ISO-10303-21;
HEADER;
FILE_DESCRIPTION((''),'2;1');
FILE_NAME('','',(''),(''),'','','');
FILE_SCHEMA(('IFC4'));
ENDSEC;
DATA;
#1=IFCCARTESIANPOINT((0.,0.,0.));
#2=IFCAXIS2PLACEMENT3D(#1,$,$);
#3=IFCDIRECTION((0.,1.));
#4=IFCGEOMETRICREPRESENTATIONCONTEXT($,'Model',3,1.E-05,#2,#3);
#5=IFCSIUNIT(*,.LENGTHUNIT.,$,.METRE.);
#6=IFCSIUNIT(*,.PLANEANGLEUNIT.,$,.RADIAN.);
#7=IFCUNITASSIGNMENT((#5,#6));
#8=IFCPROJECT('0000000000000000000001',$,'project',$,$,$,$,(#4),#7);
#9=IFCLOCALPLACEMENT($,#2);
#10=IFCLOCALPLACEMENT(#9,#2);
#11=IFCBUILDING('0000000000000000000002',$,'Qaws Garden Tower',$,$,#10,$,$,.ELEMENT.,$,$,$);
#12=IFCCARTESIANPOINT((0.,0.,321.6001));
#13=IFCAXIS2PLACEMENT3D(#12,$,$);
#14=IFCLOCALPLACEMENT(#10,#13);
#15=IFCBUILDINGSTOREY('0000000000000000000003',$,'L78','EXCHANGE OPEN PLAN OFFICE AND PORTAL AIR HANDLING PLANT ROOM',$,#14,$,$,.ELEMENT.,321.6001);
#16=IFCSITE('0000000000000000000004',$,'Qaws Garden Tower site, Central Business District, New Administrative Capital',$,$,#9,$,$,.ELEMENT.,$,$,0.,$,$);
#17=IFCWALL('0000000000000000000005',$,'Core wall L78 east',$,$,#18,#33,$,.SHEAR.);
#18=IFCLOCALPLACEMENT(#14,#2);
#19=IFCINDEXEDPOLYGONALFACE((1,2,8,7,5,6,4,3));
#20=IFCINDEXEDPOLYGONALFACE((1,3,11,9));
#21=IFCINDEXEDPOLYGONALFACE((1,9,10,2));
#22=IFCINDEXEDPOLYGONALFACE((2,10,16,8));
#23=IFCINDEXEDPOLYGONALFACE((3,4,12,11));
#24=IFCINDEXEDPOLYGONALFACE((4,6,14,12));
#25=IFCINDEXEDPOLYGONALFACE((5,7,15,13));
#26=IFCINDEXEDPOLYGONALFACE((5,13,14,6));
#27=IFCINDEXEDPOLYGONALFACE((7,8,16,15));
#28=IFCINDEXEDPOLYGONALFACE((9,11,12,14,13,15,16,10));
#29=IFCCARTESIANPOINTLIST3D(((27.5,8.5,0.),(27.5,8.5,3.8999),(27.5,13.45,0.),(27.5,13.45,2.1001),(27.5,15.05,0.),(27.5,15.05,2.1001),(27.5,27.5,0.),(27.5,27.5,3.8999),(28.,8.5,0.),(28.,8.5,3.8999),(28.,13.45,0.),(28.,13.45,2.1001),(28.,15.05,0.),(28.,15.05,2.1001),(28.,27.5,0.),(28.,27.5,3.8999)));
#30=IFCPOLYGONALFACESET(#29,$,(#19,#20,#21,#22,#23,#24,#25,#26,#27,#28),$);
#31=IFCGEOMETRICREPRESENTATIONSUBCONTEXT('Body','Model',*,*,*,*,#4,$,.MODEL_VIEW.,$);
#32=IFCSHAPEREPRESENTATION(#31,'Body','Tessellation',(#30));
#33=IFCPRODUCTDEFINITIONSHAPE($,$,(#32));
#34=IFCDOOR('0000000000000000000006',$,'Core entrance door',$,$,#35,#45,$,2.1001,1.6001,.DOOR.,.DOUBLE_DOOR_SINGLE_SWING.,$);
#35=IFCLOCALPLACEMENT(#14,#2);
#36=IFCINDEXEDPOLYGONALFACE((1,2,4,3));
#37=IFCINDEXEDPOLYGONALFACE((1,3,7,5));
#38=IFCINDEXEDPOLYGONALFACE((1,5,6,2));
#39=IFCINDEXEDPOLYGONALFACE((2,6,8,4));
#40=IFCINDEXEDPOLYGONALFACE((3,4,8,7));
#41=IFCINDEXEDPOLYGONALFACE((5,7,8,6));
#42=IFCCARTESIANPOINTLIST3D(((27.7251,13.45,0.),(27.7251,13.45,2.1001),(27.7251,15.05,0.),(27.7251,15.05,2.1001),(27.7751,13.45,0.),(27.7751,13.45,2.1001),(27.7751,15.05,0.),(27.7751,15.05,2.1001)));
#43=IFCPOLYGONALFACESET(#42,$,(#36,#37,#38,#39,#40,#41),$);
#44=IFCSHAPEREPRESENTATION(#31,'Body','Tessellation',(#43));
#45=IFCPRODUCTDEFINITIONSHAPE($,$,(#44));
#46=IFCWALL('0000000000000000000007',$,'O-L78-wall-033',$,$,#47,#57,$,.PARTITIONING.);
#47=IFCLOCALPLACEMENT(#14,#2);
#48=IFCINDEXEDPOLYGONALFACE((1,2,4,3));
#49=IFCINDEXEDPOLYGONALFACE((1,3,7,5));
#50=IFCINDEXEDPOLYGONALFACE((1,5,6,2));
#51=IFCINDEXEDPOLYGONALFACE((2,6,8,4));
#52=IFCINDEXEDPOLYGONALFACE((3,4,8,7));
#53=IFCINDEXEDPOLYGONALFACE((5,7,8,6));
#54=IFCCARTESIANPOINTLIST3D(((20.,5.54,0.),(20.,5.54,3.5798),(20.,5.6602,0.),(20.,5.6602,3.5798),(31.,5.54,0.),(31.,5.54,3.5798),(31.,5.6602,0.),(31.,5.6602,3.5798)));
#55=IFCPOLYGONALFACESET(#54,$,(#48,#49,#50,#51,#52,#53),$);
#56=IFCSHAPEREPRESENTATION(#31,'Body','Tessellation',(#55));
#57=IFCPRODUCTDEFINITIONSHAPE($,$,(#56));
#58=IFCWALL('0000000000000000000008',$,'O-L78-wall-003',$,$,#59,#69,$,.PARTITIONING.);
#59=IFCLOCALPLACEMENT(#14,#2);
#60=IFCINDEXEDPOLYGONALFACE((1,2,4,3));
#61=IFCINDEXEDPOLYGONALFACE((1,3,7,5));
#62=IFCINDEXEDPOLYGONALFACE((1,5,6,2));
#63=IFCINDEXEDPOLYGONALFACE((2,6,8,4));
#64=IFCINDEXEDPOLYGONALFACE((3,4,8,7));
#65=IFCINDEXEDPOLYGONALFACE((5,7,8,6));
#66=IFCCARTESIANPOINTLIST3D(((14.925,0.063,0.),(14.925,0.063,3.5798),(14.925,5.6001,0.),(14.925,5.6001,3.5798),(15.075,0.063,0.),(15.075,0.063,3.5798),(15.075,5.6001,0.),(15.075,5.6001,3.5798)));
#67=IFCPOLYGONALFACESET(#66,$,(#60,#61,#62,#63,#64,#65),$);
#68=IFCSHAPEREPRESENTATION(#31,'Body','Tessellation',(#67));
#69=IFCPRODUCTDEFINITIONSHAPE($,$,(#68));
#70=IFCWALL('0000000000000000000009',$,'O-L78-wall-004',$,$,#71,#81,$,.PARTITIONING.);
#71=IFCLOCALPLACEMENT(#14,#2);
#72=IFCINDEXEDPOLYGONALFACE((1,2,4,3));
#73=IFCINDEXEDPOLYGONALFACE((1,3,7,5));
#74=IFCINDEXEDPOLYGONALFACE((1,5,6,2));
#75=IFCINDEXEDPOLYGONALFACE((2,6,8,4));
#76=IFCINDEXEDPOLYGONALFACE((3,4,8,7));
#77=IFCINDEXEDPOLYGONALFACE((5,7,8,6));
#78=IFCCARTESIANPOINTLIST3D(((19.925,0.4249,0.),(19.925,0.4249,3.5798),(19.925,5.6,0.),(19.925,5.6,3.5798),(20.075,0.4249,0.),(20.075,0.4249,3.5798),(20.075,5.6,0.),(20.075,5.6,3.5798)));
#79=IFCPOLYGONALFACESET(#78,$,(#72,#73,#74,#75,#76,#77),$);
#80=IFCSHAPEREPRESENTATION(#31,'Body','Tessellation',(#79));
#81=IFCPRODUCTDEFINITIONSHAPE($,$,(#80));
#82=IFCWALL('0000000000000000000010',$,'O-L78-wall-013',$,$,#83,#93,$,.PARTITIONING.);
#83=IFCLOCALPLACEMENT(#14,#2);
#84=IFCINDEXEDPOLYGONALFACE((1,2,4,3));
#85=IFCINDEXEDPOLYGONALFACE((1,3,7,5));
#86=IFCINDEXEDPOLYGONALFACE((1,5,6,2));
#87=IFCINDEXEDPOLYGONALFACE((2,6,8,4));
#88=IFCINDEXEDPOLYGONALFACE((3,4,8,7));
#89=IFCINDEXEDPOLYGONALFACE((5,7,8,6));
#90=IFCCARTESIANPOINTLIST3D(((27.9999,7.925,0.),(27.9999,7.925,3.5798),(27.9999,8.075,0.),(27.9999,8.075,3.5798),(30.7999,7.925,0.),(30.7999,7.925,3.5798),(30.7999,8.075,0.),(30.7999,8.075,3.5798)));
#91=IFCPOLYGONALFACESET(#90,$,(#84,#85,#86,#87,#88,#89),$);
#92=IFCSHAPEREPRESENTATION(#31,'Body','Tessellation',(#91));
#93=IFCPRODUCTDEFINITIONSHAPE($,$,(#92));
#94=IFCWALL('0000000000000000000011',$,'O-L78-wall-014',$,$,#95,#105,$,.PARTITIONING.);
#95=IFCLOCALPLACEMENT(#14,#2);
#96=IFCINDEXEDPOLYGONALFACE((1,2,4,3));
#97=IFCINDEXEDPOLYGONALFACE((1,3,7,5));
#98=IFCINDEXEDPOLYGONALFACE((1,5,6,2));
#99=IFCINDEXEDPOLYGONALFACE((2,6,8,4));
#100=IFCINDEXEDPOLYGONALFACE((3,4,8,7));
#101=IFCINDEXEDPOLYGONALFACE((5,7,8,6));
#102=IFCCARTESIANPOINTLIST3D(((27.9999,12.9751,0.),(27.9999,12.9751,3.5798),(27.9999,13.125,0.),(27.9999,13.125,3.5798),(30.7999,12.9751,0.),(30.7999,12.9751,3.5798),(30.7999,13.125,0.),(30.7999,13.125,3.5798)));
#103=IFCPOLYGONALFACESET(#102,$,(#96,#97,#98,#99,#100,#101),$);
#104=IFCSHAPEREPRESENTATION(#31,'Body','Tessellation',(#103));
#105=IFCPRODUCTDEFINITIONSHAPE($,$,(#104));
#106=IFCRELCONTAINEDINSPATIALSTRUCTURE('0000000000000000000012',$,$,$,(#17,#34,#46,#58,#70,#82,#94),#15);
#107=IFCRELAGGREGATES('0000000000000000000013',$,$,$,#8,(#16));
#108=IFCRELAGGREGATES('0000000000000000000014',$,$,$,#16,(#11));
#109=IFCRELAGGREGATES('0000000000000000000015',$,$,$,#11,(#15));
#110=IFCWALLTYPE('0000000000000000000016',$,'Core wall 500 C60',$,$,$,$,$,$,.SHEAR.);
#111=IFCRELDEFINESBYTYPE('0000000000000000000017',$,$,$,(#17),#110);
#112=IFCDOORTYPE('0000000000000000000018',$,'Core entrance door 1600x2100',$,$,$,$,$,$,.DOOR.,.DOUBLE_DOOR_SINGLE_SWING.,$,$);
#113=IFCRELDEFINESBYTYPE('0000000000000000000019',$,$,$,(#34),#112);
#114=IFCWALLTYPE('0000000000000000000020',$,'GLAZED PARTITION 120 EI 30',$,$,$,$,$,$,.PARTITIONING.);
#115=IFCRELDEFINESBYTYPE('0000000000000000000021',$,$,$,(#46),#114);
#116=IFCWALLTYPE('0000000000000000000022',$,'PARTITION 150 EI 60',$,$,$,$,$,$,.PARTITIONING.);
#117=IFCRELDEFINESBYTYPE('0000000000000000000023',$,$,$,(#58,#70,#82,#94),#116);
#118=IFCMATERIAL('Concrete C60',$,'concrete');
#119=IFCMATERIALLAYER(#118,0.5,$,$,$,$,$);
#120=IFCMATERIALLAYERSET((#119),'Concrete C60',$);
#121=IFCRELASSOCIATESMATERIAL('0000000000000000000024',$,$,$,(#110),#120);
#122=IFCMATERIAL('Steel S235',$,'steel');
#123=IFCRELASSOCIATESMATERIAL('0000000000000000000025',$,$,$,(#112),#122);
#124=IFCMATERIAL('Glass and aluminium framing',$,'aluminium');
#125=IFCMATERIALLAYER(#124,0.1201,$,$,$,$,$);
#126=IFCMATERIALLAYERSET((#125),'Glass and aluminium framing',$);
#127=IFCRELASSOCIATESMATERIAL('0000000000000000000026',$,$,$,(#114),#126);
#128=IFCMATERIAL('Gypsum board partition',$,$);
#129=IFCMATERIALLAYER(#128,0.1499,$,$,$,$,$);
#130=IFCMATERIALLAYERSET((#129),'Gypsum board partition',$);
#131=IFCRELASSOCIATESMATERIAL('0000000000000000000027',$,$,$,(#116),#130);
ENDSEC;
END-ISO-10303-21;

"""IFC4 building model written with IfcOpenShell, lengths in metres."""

from ifc_helpers import new_model, si_unit, direction, frame, frame_2d, origin, place, context, subcontext, project, spatial, rectangle, extrude, material, layer, layer_set, type_object, element, fill, save


model = new_model("IFC4")

# Units and contexts
model_context = context("Model", 3, precision=1e-05, world=origin(), true_north=direction((0.0, 1.0)))
body_context = subcontext(model_context, "Body", "Model", "MODEL_VIEW")
ifc_project = project(units=[si_unit("LENGTHUNIT", "METRE"), si_unit("PLANEANGLEUNIT", "RADIAN")], contexts=[model_context])

# Site, building, storey
site_placement = place(None, origin())
site = spatial("IfcSite", under=ifc_project, at=site_placement, Name="Qaws Garden Tower site, Central Business District, New Administrative Capital", CompositionType="ELEMENT", RefElevation=0.0)
building_placement = place(site_placement, origin())
building = spatial("IfcBuilding", under=site, at=building_placement, Name="Qaws Garden Tower", CompositionType="ELEMENT")
storey_placement = place(building_placement, frame((0.0, 0.0, 321.6001)))
storey = spatial("IfcBuildingStorey", under=building, at=storey_placement, Name="L78", Description="EXCHANGE OPEN PLAN OFFICE AND PORTAL AIR HANDLING PLANT ROOM", CompositionType="ELEMENT", Elevation=321.6001)

# Wall, opening, door
ifc_material_1 = material(Name="Concrete C60", Category="concrete")
ifc_layer_1 = layer(ifc_material_1, 0.5)
ifc_layer_set_1 = layer_set([ifc_layer_1], Name="Concrete C60")
wall_type_1 = type_object("IfcWallType", Name="Core wall 500 C60", PredefinedType="SHEAR", material=ifc_layer_set_1)
wall_1_placement = place(storey_placement, frame((27.75, 8.5, 0.0), z_axis=(0.0, 0.0, 1.0), x_axis=(0.0, 1.0, 0.0)))
wall_1 = element("IfcWall", 1, at=wall_1_placement, inside=storey, type_object=wall_type_1, Name="Core wall L78 east", PredefinedType="SHEAR", context=body_context, shape_type="SweptSolid", body=[
    extrude(rectangle(XDim=19.0, YDim=0.5, at=frame_2d((9.5, 0.0))), origin(), (0.0, 0.0, 1.0), 3.8999),
])
opening_1_placement = place(wall_1_placement, frame((4.95, 0.0, 0.0)))
opening_1 = element("IfcOpeningElement", 2, at=opening_1_placement, cuts=wall_1, PredefinedType="OPENING", context=body_context, shape_type="SweptSolid", body=[
    extrude(rectangle(XDim=1.6001, YDim=2.1001, at=frame_2d((0.8, 1.05))), frame((0.0, 0.26, 0.0), z_axis=(0.0, -1.0, 0.0), x_axis=(1.0, 0.0, 0.0)), (0.0, 0.0, 1.0), 0.52),
])
ifc_material_2 = material(Name="Steel S235", Category="steel")
door_type_1 = type_object("IfcDoorType", Name="Core entrance door 1600x2100", OperationType="DOUBLE_DOOR_SINGLE_SWING", PredefinedType="DOOR", material=ifc_material_2)
door_1_placement = place(opening_1_placement, origin())
door_1 = element("IfcDoor", 3, at=door_1_placement, inside=storey, type_object=door_type_1, Name="Core entrance door", OperationType="DOUBLE_DOOR_SINGLE_SWING", OverallHeight=2.1001, OverallWidth=1.6001, PredefinedType="DOOR", context=body_context, shape_type="SweptSolid", body=[
    extrude(rectangle(XDim=1.6001, YDim=2.1001, at=frame_2d((0.8, 1.05))), frame((0.0, 0.0249, 0.0), z_axis=(0.0, -1.0, 0.0), x_axis=(1.0, 0.0, 0.0)), (0.0, 0.0, 1.0), 0.05),
])
fill(opening_1, door_1)

# Walls
ifc_material_3 = material(Name="Glass and aluminium framing", Category="aluminium")
ifc_layer_2 = layer(ifc_material_3, 0.1201)
ifc_layer_set_2 = layer_set([ifc_layer_2], Name="Glass and aluminium framing")
wall_type_2 = type_object("IfcWallType", Name="GLAZED PARTITION 120 EI 30", PredefinedType="PARTITIONING", material=ifc_layer_set_2)
wall_2_placement = place(storey_placement, frame((20.0, 5.6001, 0.0), z_axis=(0.0, 0.0, 1.0), x_axis=(1.0, 0.0, 0.0)))
element("IfcWall", 4, at=wall_2_placement, inside=storey, type_object=wall_type_2, Name="O-L78-wall-033", PredefinedType="PARTITIONING", context=body_context, shape_type="SweptSolid", body=[
    extrude(rectangle(XDim=11.0, YDim=0.1201, at=frame_2d((5.5, 0.0))), origin(), (0.0, 0.0, 1.0), 3.5798),
])
ifc_material_4 = material(Name="Gypsum board partition")
ifc_layer_3 = layer(ifc_material_4, 0.1499)
ifc_layer_set_3 = layer_set([ifc_layer_3], Name="Gypsum board partition")
wall_type_3 = type_object("IfcWallType", Name="PARTITION 150 EI 60", PredefinedType="PARTITIONING", material=ifc_layer_set_3)
wall_3_placement = place(storey_placement, frame((15.0, 0.063, 0.0), z_axis=(0.0, 0.0, 1.0), x_axis=(0.0, 1.0, 0.0)))
element("IfcWall", 5, at=wall_3_placement, inside=storey, type_object=wall_type_3, Name="O-L78-wall-003", PredefinedType="PARTITIONING", context=body_context, shape_type="SweptSolid", body=[
    extrude(rectangle(XDim=5.5371, YDim=0.1499, at=frame_2d((2.7686, 0.0))), origin(), (0.0, 0.0, 1.0), 3.5798),
])
wall_4_placement = place(storey_placement, frame((20.0, 0.425, 0.0), z_axis=(0.0, 0.0, 1.0), x_axis=(0.0, 1.0, 0.0)))
element("IfcWall", 6, at=wall_4_placement, inside=storey, type_object=wall_type_3, Name="O-L78-wall-004", PredefinedType="PARTITIONING", context=body_context, shape_type="SweptSolid", body=[
    extrude(rectangle(XDim=5.175, YDim=0.1499, at=frame_2d((2.5874, 0.0))), origin(), (0.0, 0.0, 1.0), 3.5798),
])
for number, where, z_axis, x_axis, name in (
    (7, (28.0, 8.0, 0.0), (0.0, 0.0, 1.0), (1.0, 0.0, 0.0), "O-L78-wall-013"),
    (8, (28.0, 13.05, 0.0), (0.0, 0.0, 1.0), (1.0, 0.0, 0.0), "O-L78-wall-014"),
):
    element("IfcWall", number, at=place(storey_placement, frame(where, z_axis=z_axis, x_axis=x_axis)), inside=storey, type_object=wall_type_3, Name=name, PredefinedType="PARTITIONING", context=body_context, shape_type="SweptSolid", body=[
        extrude(rectangle(XDim=2.8, YDim=0.1499, at=frame_2d((1.3999, 0.0))), origin(), (0.0, 0.0, 1.0), 3.5798),
    ])

save(model, "model.ifc")
